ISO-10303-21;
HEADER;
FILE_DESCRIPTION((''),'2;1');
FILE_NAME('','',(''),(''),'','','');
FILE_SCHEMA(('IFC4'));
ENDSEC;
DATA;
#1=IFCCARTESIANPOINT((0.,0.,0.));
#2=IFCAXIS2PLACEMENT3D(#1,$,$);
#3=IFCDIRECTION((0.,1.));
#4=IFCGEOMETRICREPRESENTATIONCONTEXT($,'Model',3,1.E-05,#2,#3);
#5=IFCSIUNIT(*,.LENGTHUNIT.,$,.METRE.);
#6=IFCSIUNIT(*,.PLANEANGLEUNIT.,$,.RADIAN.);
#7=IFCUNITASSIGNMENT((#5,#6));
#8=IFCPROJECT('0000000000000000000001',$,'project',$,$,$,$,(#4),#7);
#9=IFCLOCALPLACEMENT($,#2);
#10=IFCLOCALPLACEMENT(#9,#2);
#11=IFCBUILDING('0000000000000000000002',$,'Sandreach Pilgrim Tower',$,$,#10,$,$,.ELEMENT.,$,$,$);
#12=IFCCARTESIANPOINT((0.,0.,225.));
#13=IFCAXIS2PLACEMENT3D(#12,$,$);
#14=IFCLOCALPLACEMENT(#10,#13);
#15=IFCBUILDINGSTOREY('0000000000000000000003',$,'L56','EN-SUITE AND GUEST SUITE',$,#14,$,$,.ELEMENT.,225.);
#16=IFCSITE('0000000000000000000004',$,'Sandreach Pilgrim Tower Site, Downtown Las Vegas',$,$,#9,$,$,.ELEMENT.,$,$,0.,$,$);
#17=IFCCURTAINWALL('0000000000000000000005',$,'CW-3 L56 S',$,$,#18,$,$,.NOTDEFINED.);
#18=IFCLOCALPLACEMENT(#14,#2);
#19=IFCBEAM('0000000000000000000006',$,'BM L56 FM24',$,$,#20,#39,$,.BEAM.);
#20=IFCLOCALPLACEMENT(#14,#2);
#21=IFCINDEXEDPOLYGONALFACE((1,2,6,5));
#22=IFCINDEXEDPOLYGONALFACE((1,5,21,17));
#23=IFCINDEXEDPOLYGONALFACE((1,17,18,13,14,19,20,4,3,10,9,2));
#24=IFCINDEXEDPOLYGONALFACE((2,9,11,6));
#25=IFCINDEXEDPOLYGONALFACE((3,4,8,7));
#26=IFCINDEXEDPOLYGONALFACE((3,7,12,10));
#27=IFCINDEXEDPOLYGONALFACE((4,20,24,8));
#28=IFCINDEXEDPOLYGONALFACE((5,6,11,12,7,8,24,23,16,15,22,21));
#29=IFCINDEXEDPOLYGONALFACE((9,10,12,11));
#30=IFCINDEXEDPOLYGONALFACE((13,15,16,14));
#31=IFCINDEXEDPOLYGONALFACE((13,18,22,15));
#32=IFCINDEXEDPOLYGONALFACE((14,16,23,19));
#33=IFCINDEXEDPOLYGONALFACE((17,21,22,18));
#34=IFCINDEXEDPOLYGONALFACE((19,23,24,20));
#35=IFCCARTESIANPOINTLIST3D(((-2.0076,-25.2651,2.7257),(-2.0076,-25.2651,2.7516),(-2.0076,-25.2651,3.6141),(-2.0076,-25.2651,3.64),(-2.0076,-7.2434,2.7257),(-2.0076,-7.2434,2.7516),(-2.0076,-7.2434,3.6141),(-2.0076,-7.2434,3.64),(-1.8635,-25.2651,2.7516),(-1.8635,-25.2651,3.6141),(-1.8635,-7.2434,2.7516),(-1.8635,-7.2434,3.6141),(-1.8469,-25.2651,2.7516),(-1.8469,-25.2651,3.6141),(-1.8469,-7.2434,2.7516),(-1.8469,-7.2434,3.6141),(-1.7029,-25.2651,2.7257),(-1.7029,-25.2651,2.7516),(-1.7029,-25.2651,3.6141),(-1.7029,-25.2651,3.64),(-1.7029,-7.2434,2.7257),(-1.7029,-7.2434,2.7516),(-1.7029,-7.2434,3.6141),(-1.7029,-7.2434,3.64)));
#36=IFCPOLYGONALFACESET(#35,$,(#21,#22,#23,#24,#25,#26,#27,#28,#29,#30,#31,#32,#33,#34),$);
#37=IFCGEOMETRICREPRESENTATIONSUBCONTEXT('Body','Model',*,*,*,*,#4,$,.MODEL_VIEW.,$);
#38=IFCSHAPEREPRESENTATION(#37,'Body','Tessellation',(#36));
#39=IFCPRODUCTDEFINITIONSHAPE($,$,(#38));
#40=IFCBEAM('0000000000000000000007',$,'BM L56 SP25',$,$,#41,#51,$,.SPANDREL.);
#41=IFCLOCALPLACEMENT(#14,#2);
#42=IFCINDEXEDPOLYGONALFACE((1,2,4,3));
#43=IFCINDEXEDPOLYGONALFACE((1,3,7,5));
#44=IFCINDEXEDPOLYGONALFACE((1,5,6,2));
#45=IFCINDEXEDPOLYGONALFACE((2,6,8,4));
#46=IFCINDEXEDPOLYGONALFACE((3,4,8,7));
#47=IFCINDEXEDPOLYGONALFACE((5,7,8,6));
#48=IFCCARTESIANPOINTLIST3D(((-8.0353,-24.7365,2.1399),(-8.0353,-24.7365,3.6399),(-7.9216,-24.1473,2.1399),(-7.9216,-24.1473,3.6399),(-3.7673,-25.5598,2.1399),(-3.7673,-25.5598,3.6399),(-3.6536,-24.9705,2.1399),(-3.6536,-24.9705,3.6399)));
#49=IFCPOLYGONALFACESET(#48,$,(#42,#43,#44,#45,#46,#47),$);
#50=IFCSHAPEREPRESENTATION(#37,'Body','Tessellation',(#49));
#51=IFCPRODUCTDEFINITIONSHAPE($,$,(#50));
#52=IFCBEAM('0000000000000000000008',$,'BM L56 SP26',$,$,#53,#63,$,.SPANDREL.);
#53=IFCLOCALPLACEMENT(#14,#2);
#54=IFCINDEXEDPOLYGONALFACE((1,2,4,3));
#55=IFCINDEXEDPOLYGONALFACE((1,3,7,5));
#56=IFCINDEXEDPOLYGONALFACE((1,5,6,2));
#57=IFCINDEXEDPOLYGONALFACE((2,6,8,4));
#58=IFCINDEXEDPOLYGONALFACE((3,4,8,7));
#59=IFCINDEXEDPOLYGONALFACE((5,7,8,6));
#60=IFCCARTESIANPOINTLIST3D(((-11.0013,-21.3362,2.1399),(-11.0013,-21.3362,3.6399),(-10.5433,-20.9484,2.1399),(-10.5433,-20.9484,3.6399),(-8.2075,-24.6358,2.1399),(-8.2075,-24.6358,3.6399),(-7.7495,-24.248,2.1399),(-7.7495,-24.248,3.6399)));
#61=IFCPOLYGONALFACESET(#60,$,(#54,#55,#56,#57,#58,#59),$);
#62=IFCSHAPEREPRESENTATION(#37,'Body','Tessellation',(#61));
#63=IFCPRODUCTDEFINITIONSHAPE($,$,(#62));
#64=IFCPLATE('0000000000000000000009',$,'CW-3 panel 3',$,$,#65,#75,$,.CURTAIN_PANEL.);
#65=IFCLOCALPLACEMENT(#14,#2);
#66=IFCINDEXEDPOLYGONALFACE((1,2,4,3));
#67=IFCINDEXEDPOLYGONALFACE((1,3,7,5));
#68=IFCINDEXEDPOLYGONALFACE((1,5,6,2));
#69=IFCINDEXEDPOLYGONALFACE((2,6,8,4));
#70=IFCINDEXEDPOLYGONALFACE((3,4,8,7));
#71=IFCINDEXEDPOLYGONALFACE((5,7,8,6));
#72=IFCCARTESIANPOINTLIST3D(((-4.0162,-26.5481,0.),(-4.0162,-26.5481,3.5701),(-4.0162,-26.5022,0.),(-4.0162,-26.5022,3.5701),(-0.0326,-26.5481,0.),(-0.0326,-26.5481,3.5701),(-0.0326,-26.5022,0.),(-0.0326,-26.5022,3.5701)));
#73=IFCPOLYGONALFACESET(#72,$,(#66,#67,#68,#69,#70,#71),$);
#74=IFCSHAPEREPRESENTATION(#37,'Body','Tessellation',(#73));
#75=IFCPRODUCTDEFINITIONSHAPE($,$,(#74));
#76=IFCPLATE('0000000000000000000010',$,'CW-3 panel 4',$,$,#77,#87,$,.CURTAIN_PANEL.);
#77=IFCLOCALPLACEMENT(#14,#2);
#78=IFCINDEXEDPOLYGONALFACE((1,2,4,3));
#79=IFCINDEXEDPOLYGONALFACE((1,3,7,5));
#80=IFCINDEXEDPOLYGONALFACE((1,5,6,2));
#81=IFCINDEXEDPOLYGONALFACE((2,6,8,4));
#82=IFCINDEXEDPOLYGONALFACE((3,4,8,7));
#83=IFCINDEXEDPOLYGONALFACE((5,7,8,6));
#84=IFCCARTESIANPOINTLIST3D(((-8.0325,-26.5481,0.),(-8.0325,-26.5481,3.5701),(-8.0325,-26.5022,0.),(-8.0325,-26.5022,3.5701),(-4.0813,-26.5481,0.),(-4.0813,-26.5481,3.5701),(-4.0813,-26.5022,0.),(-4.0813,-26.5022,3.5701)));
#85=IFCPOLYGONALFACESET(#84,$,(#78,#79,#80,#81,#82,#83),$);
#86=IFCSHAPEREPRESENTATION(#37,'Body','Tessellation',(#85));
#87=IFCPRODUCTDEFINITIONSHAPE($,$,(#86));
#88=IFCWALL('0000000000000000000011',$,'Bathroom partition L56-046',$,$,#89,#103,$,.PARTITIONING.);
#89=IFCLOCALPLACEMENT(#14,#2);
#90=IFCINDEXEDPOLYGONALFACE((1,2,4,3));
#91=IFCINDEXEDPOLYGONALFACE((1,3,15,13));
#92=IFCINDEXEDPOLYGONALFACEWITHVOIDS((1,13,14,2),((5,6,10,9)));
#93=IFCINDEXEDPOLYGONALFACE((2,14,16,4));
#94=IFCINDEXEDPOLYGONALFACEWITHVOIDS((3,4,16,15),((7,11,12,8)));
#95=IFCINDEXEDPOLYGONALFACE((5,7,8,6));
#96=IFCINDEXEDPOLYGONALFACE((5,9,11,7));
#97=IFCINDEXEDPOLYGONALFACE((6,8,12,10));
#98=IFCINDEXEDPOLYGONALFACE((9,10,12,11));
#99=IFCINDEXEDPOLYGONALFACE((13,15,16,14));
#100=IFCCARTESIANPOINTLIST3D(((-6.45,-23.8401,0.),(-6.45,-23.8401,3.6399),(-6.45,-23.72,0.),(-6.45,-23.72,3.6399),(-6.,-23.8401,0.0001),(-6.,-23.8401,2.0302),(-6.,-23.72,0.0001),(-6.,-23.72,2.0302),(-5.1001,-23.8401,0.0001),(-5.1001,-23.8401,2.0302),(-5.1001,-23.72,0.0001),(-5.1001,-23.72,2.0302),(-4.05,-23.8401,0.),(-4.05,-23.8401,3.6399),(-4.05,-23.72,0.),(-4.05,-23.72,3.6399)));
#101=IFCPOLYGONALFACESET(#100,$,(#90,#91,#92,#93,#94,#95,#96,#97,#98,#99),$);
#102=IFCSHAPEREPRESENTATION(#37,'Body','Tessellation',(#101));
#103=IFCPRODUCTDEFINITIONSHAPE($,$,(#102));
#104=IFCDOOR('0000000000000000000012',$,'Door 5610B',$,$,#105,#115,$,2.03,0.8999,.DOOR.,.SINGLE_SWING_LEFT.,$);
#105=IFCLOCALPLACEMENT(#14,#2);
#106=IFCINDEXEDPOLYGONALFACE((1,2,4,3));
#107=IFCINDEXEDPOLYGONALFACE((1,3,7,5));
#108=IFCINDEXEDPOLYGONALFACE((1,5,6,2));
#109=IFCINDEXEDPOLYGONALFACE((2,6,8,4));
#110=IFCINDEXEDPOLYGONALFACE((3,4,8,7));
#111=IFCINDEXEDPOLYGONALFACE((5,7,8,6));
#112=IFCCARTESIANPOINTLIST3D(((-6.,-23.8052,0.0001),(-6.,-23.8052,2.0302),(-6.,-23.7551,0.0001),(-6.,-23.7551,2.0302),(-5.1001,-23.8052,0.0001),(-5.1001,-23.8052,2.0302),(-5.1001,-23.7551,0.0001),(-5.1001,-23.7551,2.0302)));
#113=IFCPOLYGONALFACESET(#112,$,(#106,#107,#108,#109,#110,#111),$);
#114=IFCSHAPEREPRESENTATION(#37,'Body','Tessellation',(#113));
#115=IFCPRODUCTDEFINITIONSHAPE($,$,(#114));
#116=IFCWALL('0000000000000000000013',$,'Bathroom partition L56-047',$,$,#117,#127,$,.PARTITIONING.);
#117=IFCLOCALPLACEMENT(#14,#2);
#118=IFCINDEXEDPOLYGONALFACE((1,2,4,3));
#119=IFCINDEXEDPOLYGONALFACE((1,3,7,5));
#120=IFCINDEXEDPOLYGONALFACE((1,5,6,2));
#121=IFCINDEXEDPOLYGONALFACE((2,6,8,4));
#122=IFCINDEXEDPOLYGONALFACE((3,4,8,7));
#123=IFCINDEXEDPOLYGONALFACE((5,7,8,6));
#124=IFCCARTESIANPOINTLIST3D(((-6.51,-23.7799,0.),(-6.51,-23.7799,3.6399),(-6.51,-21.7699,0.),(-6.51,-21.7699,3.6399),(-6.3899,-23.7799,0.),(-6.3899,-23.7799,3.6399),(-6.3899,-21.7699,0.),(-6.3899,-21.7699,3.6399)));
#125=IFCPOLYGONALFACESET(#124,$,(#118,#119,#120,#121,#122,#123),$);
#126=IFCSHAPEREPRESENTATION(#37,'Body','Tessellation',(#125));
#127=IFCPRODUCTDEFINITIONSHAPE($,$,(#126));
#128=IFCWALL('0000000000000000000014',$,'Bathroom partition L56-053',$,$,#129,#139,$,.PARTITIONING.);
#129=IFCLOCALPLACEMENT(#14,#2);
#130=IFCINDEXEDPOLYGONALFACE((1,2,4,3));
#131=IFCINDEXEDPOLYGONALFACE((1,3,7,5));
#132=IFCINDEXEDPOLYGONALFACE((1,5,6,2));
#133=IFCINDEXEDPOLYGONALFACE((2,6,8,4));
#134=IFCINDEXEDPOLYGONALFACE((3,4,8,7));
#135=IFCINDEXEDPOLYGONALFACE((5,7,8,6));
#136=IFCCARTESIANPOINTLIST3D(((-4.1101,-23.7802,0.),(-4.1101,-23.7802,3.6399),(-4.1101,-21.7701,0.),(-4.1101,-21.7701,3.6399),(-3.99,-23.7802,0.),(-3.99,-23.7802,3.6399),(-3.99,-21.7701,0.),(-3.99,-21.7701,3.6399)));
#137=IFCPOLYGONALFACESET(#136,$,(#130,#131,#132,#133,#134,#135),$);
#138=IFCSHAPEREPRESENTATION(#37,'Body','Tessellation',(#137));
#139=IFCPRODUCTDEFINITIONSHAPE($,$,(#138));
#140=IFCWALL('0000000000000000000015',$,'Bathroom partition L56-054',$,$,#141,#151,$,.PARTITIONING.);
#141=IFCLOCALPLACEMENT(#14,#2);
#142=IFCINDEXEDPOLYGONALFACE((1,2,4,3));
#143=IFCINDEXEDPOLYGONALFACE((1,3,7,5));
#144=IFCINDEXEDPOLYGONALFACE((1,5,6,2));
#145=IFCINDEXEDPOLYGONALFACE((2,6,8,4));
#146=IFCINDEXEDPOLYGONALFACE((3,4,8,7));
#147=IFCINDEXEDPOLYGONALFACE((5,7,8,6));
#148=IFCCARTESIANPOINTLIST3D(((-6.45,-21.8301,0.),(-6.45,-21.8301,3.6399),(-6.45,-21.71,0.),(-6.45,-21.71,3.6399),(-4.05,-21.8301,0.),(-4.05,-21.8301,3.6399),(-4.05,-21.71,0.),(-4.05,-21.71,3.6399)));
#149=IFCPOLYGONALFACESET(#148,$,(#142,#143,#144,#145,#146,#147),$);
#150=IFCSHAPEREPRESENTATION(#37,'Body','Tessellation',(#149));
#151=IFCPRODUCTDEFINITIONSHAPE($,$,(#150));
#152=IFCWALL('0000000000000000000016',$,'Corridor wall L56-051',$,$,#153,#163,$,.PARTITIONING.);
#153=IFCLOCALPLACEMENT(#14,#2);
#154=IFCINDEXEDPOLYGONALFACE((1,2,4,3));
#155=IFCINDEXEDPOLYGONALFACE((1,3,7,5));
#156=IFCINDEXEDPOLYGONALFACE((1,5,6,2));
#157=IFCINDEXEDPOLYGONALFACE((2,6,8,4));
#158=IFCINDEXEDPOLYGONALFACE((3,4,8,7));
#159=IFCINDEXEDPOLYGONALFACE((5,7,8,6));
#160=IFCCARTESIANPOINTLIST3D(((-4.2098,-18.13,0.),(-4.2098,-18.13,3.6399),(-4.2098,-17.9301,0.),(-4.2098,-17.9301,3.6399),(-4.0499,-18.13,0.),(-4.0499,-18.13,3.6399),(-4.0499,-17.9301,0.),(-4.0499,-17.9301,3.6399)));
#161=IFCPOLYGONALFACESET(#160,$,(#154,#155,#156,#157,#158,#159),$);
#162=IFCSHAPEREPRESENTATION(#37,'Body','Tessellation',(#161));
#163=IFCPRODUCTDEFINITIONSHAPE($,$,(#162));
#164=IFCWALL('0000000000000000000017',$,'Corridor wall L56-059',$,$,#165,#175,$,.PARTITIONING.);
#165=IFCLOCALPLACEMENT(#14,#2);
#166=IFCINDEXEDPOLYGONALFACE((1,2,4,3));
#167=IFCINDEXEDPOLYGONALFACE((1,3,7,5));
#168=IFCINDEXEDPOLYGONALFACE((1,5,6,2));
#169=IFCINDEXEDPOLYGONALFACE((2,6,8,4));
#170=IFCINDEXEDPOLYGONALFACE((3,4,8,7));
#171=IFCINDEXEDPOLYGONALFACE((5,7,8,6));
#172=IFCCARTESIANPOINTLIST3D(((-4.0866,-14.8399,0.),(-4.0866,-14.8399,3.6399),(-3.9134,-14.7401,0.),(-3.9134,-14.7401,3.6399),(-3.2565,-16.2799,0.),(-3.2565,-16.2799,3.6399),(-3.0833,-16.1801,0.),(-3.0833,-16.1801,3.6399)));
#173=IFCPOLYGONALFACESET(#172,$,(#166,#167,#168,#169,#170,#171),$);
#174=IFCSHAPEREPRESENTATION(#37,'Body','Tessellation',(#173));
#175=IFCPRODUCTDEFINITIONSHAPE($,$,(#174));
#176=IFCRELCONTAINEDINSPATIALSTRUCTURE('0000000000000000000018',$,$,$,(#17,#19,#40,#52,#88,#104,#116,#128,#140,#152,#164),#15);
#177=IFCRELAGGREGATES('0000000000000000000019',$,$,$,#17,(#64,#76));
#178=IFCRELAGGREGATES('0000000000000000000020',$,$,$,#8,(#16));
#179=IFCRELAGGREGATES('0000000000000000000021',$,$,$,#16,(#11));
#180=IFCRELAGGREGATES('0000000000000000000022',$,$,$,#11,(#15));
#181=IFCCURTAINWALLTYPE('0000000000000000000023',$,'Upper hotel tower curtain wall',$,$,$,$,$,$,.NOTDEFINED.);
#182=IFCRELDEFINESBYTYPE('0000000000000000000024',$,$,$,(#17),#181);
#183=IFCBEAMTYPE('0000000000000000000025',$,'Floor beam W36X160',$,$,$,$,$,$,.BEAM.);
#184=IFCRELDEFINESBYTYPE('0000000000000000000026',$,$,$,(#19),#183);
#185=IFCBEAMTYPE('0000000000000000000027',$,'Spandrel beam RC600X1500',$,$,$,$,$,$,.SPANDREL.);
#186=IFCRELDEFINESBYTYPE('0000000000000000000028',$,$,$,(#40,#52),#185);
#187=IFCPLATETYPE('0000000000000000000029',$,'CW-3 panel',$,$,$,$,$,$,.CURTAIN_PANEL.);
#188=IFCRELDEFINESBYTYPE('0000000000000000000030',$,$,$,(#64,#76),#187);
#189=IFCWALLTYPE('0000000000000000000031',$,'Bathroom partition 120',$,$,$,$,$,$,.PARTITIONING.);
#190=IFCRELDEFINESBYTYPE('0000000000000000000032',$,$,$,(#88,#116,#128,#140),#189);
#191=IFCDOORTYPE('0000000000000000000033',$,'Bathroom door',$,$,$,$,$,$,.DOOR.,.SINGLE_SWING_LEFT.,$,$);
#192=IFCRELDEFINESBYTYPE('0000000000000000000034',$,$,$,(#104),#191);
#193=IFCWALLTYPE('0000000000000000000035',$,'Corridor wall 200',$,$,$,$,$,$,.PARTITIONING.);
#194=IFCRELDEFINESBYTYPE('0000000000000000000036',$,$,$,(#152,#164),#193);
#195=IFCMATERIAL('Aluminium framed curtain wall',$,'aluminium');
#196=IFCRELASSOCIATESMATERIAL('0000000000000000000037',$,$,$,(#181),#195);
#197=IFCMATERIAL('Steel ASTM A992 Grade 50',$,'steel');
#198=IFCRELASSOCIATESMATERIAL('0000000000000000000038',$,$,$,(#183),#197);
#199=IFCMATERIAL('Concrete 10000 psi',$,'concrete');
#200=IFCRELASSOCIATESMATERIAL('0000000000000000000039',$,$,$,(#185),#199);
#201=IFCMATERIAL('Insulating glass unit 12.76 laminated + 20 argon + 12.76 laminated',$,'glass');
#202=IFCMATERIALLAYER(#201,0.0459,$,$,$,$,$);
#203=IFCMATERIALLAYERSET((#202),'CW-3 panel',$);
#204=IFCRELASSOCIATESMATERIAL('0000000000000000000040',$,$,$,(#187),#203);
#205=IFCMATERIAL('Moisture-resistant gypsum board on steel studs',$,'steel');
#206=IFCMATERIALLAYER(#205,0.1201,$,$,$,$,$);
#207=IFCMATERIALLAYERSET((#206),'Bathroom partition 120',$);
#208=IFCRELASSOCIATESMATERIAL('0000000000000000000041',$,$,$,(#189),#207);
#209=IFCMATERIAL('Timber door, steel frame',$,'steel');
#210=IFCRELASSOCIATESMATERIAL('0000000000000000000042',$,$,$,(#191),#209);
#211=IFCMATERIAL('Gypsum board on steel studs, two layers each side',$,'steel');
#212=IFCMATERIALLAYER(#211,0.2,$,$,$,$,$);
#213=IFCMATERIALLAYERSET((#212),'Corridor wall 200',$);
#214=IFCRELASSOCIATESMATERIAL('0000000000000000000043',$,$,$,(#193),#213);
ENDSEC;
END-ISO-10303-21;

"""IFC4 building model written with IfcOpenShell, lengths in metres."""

from ifc_helpers import new_model, si_unit, direction, frame, frame_2d, origin, origin_2d, place, context, subcontext, project, spatial, rectangle, i_section, extrude, material, layer, layer_set, material_profile, profile_set, type_object, element, fill, aggregate, save


model = new_model("IFC4")

# Units and contexts
model_context = context("Model", 3, precision=1e-05, world=origin(), true_north=direction((0.0, 1.0)))
body_context = subcontext(model_context, "Body", "Model", "MODEL_VIEW")
ifc_project = project(units=[si_unit("LENGTHUNIT", "METRE"), si_unit("PLANEANGLEUNIT", "RADIAN")], contexts=[model_context])

# Site, building, storey
site_placement = place(None, origin())
site = spatial("IfcSite", under=ifc_project, at=site_placement, Name="Sandreach Pilgrim Tower Site, Downtown Las Vegas", CompositionType="ELEMENT", RefElevation=0.0)
building_placement = place(site_placement, origin())
building = spatial("IfcBuilding", under=site, at=building_placement, Name="Sandreach Pilgrim Tower", CompositionType="ELEMENT")
storey_placement = place(building_placement, frame((0.0, 0.0, 225.0)))
storey = spatial("IfcBuildingStorey", under=building, at=storey_placement, Name="L56", Description="EN-SUITE AND GUEST SUITE", CompositionType="ELEMENT", Elevation=225.0)

# Curtain wall
ifc_material_1 = material(Name="Aluminium framed curtain wall", Category="aluminium")
curtain_wall_type = type_object("IfcCurtainWallType", Name="Upper hotel tower curtain wall", PredefinedType="NOTDEFINED", material=ifc_material_1)
curtain_wall_placement = place(storey_placement, origin())
curtain_wall = element("IfcCurtainWall", 1, at=curtain_wall_placement, inside=storey, type_object=curtain_wall_type, Name="CW-3 L56 S", PredefinedType="NOTDEFINED")

# Beams
ifc_material_2 = material(Name="Steel ASTM A992 Grade 50", Category="steel")
ifc_material_profile_1 = material_profile(ifc_material_2, i_section(OverallWidth=0.3047, OverallDepth=0.9143, WebThickness=0.0166, FlangeThickness=0.0259, at=origin_2d()), Name="W36X160")
ifc_profile_set_1 = profile_set([ifc_material_profile_1], Name="Steel ASTM A992 Grade 50")
beam_type_1 = type_object("IfcBeamType", Name="Floor beam W36X160", PredefinedType="BEAM", material=ifc_profile_set_1)
beam_1_placement = place(storey_placement, frame((-1.8552, -25.2651, 3.1829), z_axis=(0.0, 1.0, 0.0), x_axis=(-1.0, 0.0, 0.0)))
element("IfcBeam", 2, at=beam_1_placement, inside=storey, type_object=beam_type_1, Name="BM L56 FM24", PredefinedType="BEAM", context=body_context, shape_type="SweptSolid", body=[
    extrude(i_section(OverallWidth=0.3047, OverallDepth=0.9143, WebThickness=0.0166, FlangeThickness=0.0259, at=origin_2d()), origin(), (0.0, 0.0, 1.0), 18.0217),
])
ifc_material_3 = material(Name="Concrete 10000 psi", Category="concrete")
ifc_material_profile_2 = material_profile(ifc_material_3, rectangle(XDim=0.6001, YDim=1.5, at=origin_2d()), Name="RC600X1500")
ifc_profile_set_2 = profile_set([ifc_material_profile_2], Name="Concrete 10000 psi")
beam_type_2 = type_object("IfcBeamType", Name="Spandrel beam RC600X1500", PredefinedType="SPANDREL", material=ifc_profile_set_2)
beam_2_placement = place(storey_placement, frame((-3.7104, -25.2651, 2.8899), z_axis=(-0.981901, 0.189393, 0.0), x_axis=(-0.189393, -0.981901, 0.0)))
element("IfcBeam", 3, at=beam_2_placement, inside=storey, type_object=beam_type_2, Name="BM L56 SP25", PredefinedType="SPANDREL", context=body_context, shape_type="SweptSolid", body=[
    extrude(rectangle(XDim=0.6001, YDim=1.5, at=origin_2d()), origin(), (0.0, 0.0, 1.0), 4.3467),
])
beam_3_placement = place(storey_placement, frame((-7.9785, -24.4419, 2.8899), z_axis=(-0.64618, 0.763185, 0.0), x_axis=(-0.763185, -0.64618, 0.0)))
element("IfcBeam", 4, at=beam_3_placement, inside=storey, type_object=beam_type_2, Name="BM L56 SP26", PredefinedType="SPANDREL", context=body_context, shape_type="SweptSolid", body=[
    extrude(rectangle(XDim=0.6001, YDim=1.5, at=origin_2d()), origin(), (0.0, 0.0, 1.0), 4.3235),
])

# Plates
ifc_material_4 = material(Name="Insulating glass unit 12.76 laminated + 20 argon + 12.76 laminated", Category="glass")
ifc_layer_1 = layer(ifc_material_4, 0.0459)
ifc_layer_set_1 = layer_set([ifc_layer_1], Name="CW-3 panel")
plate_type = type_object("IfcPlateType", Name="CW-3 panel", PredefinedType="CURTAIN_PANEL", material=ifc_layer_set_1)
plate_1_placement = place(storey_placement, frame((-2.0244, -26.5251, 0.0), z_axis=(0.0, 0.0, 1.0), x_axis=(-1.0, 0.0, 0.0)))
plate_1 = element("IfcPlate", 5, at=plate_1_placement, type_object=plate_type, Name="CW-3 panel 3", PredefinedType="CURTAIN_PANEL", context=body_context, shape_type="SweptSolid", body=[
    extrude(rectangle(XDim=3.9836, YDim=0.0459, at=origin_2d()), origin(), (0.0, 0.0, 1.0), 3.5701),
])
plate_2_placement = place(storey_placement, frame((-6.0569, -26.5251, 0.0), z_axis=(0.0, 0.0, 1.0), x_axis=(-1.0, 0.0, 0.0)))
plate_2 = element("IfcPlate", 6, at=plate_2_placement, type_object=plate_type, Name="CW-3 panel 4", PredefinedType="CURTAIN_PANEL", context=body_context, shape_type="SweptSolid", body=[
    extrude(rectangle(XDim=3.9512, YDim=0.0459, at=origin_2d()), origin(), (0.0, 0.0, 1.0), 3.5701),
])
aggregate(curtain_wall, [plate_1, plate_2])

# Wall, opening, door
ifc_material_5 = material(Name="Moisture-resistant gypsum board on steel studs", Category="steel")
ifc_layer_2 = layer(ifc_material_5, 0.1201)
ifc_layer_set_2 = layer_set([ifc_layer_2], Name="Bathroom partition 120")
wall_type_1 = type_object("IfcWallType", Name="Bathroom partition 120", PredefinedType="PARTITIONING", material=ifc_layer_set_2)
wall_1_placement = place(storey_placement, frame((-6.45, -23.78, 0.0), z_axis=(0.0, 0.0, 1.0), x_axis=(1.0, 0.0, 0.0)))
wall_1 = element("IfcWall", 7, at=wall_1_placement, inside=storey, type_object=wall_type_1, Name="Bathroom partition L56-046", PredefinedType="PARTITIONING", context=body_context, shape_type="SweptSolid", body=[
    extrude(rectangle(XDim=2.3999, YDim=0.1201, at=frame_2d((1.2, 0.0))), origin(), (0.0, 0.0, 1.0), 3.6399),
])
opening_1_placement = place(wall_1_placement, frame((0.45, 0.0, 0.0)))
opening_1 = element("IfcOpeningElement", 8, at=opening_1_placement, cuts=wall_1, PredefinedType="OPENING", context=body_context, shape_type="SweptSolid", body=[
    extrude(rectangle(XDim=0.8999, YDim=2.03, at=frame_2d((0.45, 1.0151))), frame((0.0, 0.0601, 0.0), z_axis=(0.0, -1.0, 0.0), x_axis=(1.0, 0.0, 0.0)), (0.0, 0.0, 1.0), 0.1201),
])
ifc_material_6 = material(Name="Timber door, steel frame", Category="steel")
door_type_1 = type_object("IfcDoorType", Name="Bathroom door", OperationType="SINGLE_SWING_LEFT", PredefinedType="DOOR", material=ifc_material_6)
door_1_placement = place(opening_1_placement, origin())
door_1 = element("IfcDoor", 9, at=door_1_placement, inside=storey, type_object=door_type_1, Name="Door 5610B", OperationType="SINGLE_SWING_LEFT", OverallHeight=2.03, OverallWidth=0.8999, PredefinedType="DOOR", context=body_context, shape_type="SweptSolid", body=[
    extrude(rectangle(XDim=0.8999, YDim=2.03, at=frame_2d((0.45, 1.0151))), frame((0.0, 0.0249, 0.0), z_axis=(0.0, -1.0, 0.0), x_axis=(1.0, 0.0, 0.0)), (0.0, 0.0, 1.0), 0.05),
])
fill(opening_1, door_1)

# Walls
for number, where, z_axis, x_axis, name in (
    (10, (-6.45, -21.77, 0.0), (0.0, 0.0, 1.0), (0.0, -1.0, 0.0), "Bathroom partition L56-047"),
    (11, (-4.05, -23.78, 0.0), (0.0, 0.0, 1.0), (0.0, 1.0, 0.0), "Bathroom partition L56-053"),
):
    element("IfcWall", number, at=place(storey_placement, frame(where, z_axis=z_axis, x_axis=x_axis)), inside=storey, type_object=wall_type_1, Name=name, PredefinedType="PARTITIONING", context=body_context, shape_type="SweptSolid", body=[
        extrude(rectangle(XDim=2.01, YDim=0.1201, at=frame_2d((1.0049, 0.0))), origin(), (0.0, 0.0, 1.0), 3.6399),
    ])
wall_2_placement = place(storey_placement, frame((-4.05, -21.77, 0.0), z_axis=(0.0, 0.0, 1.0), x_axis=(-1.0, 0.0, 0.0)))
element("IfcWall", 12, at=wall_2_placement, inside=storey, type_object=wall_type_1, Name="Bathroom partition L56-054", PredefinedType="PARTITIONING", context=body_context, shape_type="SweptSolid", body=[
    extrude(rectangle(XDim=2.3999, YDim=0.1201, at=frame_2d((1.2, 0.0))), origin(), (0.0, 0.0, 1.0), 3.6399),
])

# Shared definitions
ifc_material_7 = material(Name="Gypsum board on steel studs, two layers each side", Category="steel")
ifc_layer_3 = layer(ifc_material_7, 0.2)
ifc_layer_set_3 = layer_set([ifc_layer_3], Name="Corridor wall 200")
wall_type_2 = type_object("IfcWallType", Name="Corridor wall 200", PredefinedType="PARTITIONING", material=ifc_layer_set_3)

# Wall
wall_3_placement = place(storey_placement, frame((-4.21, -18.03, 0.0), z_axis=(0.0, 0.0, 1.0), x_axis=(1.0, 0.0, 0.0)))
element("IfcWall", 13, at=wall_3_placement, inside=storey, type_object=wall_type_2, Name="Corridor wall L56-051", PredefinedType="PARTITIONING", context=body_context, shape_type="SweptSolid", body=[
    extrude(rectangle(XDim=0.1599, YDim=0.2, at=frame_2d((0.0801, 0.0))), origin(), (0.0, 0.0, 1.0), 3.6399),
])

# Wall
wall_4_placement = place(storey_placement, frame((-3.1699, -16.23, 0.0), z_axis=(0.0, 0.0, 1.0), x_axis=(-0.499426, 0.866357, 0.0)))
element("IfcWall", 14, at=wall_4_placement, inside=storey, type_object=wall_type_2, Name="Corridor wall L56-059", PredefinedType="PARTITIONING", context=body_context, shape_type="SweptSolid", body=[
    extrude(rectangle(XDim=1.6621, YDim=0.2, at=frame_2d((0.8311, 0.0))), origin(), (0.0, 0.0, 1.0), 3.6399),
])

save(model, "model.ifc")
